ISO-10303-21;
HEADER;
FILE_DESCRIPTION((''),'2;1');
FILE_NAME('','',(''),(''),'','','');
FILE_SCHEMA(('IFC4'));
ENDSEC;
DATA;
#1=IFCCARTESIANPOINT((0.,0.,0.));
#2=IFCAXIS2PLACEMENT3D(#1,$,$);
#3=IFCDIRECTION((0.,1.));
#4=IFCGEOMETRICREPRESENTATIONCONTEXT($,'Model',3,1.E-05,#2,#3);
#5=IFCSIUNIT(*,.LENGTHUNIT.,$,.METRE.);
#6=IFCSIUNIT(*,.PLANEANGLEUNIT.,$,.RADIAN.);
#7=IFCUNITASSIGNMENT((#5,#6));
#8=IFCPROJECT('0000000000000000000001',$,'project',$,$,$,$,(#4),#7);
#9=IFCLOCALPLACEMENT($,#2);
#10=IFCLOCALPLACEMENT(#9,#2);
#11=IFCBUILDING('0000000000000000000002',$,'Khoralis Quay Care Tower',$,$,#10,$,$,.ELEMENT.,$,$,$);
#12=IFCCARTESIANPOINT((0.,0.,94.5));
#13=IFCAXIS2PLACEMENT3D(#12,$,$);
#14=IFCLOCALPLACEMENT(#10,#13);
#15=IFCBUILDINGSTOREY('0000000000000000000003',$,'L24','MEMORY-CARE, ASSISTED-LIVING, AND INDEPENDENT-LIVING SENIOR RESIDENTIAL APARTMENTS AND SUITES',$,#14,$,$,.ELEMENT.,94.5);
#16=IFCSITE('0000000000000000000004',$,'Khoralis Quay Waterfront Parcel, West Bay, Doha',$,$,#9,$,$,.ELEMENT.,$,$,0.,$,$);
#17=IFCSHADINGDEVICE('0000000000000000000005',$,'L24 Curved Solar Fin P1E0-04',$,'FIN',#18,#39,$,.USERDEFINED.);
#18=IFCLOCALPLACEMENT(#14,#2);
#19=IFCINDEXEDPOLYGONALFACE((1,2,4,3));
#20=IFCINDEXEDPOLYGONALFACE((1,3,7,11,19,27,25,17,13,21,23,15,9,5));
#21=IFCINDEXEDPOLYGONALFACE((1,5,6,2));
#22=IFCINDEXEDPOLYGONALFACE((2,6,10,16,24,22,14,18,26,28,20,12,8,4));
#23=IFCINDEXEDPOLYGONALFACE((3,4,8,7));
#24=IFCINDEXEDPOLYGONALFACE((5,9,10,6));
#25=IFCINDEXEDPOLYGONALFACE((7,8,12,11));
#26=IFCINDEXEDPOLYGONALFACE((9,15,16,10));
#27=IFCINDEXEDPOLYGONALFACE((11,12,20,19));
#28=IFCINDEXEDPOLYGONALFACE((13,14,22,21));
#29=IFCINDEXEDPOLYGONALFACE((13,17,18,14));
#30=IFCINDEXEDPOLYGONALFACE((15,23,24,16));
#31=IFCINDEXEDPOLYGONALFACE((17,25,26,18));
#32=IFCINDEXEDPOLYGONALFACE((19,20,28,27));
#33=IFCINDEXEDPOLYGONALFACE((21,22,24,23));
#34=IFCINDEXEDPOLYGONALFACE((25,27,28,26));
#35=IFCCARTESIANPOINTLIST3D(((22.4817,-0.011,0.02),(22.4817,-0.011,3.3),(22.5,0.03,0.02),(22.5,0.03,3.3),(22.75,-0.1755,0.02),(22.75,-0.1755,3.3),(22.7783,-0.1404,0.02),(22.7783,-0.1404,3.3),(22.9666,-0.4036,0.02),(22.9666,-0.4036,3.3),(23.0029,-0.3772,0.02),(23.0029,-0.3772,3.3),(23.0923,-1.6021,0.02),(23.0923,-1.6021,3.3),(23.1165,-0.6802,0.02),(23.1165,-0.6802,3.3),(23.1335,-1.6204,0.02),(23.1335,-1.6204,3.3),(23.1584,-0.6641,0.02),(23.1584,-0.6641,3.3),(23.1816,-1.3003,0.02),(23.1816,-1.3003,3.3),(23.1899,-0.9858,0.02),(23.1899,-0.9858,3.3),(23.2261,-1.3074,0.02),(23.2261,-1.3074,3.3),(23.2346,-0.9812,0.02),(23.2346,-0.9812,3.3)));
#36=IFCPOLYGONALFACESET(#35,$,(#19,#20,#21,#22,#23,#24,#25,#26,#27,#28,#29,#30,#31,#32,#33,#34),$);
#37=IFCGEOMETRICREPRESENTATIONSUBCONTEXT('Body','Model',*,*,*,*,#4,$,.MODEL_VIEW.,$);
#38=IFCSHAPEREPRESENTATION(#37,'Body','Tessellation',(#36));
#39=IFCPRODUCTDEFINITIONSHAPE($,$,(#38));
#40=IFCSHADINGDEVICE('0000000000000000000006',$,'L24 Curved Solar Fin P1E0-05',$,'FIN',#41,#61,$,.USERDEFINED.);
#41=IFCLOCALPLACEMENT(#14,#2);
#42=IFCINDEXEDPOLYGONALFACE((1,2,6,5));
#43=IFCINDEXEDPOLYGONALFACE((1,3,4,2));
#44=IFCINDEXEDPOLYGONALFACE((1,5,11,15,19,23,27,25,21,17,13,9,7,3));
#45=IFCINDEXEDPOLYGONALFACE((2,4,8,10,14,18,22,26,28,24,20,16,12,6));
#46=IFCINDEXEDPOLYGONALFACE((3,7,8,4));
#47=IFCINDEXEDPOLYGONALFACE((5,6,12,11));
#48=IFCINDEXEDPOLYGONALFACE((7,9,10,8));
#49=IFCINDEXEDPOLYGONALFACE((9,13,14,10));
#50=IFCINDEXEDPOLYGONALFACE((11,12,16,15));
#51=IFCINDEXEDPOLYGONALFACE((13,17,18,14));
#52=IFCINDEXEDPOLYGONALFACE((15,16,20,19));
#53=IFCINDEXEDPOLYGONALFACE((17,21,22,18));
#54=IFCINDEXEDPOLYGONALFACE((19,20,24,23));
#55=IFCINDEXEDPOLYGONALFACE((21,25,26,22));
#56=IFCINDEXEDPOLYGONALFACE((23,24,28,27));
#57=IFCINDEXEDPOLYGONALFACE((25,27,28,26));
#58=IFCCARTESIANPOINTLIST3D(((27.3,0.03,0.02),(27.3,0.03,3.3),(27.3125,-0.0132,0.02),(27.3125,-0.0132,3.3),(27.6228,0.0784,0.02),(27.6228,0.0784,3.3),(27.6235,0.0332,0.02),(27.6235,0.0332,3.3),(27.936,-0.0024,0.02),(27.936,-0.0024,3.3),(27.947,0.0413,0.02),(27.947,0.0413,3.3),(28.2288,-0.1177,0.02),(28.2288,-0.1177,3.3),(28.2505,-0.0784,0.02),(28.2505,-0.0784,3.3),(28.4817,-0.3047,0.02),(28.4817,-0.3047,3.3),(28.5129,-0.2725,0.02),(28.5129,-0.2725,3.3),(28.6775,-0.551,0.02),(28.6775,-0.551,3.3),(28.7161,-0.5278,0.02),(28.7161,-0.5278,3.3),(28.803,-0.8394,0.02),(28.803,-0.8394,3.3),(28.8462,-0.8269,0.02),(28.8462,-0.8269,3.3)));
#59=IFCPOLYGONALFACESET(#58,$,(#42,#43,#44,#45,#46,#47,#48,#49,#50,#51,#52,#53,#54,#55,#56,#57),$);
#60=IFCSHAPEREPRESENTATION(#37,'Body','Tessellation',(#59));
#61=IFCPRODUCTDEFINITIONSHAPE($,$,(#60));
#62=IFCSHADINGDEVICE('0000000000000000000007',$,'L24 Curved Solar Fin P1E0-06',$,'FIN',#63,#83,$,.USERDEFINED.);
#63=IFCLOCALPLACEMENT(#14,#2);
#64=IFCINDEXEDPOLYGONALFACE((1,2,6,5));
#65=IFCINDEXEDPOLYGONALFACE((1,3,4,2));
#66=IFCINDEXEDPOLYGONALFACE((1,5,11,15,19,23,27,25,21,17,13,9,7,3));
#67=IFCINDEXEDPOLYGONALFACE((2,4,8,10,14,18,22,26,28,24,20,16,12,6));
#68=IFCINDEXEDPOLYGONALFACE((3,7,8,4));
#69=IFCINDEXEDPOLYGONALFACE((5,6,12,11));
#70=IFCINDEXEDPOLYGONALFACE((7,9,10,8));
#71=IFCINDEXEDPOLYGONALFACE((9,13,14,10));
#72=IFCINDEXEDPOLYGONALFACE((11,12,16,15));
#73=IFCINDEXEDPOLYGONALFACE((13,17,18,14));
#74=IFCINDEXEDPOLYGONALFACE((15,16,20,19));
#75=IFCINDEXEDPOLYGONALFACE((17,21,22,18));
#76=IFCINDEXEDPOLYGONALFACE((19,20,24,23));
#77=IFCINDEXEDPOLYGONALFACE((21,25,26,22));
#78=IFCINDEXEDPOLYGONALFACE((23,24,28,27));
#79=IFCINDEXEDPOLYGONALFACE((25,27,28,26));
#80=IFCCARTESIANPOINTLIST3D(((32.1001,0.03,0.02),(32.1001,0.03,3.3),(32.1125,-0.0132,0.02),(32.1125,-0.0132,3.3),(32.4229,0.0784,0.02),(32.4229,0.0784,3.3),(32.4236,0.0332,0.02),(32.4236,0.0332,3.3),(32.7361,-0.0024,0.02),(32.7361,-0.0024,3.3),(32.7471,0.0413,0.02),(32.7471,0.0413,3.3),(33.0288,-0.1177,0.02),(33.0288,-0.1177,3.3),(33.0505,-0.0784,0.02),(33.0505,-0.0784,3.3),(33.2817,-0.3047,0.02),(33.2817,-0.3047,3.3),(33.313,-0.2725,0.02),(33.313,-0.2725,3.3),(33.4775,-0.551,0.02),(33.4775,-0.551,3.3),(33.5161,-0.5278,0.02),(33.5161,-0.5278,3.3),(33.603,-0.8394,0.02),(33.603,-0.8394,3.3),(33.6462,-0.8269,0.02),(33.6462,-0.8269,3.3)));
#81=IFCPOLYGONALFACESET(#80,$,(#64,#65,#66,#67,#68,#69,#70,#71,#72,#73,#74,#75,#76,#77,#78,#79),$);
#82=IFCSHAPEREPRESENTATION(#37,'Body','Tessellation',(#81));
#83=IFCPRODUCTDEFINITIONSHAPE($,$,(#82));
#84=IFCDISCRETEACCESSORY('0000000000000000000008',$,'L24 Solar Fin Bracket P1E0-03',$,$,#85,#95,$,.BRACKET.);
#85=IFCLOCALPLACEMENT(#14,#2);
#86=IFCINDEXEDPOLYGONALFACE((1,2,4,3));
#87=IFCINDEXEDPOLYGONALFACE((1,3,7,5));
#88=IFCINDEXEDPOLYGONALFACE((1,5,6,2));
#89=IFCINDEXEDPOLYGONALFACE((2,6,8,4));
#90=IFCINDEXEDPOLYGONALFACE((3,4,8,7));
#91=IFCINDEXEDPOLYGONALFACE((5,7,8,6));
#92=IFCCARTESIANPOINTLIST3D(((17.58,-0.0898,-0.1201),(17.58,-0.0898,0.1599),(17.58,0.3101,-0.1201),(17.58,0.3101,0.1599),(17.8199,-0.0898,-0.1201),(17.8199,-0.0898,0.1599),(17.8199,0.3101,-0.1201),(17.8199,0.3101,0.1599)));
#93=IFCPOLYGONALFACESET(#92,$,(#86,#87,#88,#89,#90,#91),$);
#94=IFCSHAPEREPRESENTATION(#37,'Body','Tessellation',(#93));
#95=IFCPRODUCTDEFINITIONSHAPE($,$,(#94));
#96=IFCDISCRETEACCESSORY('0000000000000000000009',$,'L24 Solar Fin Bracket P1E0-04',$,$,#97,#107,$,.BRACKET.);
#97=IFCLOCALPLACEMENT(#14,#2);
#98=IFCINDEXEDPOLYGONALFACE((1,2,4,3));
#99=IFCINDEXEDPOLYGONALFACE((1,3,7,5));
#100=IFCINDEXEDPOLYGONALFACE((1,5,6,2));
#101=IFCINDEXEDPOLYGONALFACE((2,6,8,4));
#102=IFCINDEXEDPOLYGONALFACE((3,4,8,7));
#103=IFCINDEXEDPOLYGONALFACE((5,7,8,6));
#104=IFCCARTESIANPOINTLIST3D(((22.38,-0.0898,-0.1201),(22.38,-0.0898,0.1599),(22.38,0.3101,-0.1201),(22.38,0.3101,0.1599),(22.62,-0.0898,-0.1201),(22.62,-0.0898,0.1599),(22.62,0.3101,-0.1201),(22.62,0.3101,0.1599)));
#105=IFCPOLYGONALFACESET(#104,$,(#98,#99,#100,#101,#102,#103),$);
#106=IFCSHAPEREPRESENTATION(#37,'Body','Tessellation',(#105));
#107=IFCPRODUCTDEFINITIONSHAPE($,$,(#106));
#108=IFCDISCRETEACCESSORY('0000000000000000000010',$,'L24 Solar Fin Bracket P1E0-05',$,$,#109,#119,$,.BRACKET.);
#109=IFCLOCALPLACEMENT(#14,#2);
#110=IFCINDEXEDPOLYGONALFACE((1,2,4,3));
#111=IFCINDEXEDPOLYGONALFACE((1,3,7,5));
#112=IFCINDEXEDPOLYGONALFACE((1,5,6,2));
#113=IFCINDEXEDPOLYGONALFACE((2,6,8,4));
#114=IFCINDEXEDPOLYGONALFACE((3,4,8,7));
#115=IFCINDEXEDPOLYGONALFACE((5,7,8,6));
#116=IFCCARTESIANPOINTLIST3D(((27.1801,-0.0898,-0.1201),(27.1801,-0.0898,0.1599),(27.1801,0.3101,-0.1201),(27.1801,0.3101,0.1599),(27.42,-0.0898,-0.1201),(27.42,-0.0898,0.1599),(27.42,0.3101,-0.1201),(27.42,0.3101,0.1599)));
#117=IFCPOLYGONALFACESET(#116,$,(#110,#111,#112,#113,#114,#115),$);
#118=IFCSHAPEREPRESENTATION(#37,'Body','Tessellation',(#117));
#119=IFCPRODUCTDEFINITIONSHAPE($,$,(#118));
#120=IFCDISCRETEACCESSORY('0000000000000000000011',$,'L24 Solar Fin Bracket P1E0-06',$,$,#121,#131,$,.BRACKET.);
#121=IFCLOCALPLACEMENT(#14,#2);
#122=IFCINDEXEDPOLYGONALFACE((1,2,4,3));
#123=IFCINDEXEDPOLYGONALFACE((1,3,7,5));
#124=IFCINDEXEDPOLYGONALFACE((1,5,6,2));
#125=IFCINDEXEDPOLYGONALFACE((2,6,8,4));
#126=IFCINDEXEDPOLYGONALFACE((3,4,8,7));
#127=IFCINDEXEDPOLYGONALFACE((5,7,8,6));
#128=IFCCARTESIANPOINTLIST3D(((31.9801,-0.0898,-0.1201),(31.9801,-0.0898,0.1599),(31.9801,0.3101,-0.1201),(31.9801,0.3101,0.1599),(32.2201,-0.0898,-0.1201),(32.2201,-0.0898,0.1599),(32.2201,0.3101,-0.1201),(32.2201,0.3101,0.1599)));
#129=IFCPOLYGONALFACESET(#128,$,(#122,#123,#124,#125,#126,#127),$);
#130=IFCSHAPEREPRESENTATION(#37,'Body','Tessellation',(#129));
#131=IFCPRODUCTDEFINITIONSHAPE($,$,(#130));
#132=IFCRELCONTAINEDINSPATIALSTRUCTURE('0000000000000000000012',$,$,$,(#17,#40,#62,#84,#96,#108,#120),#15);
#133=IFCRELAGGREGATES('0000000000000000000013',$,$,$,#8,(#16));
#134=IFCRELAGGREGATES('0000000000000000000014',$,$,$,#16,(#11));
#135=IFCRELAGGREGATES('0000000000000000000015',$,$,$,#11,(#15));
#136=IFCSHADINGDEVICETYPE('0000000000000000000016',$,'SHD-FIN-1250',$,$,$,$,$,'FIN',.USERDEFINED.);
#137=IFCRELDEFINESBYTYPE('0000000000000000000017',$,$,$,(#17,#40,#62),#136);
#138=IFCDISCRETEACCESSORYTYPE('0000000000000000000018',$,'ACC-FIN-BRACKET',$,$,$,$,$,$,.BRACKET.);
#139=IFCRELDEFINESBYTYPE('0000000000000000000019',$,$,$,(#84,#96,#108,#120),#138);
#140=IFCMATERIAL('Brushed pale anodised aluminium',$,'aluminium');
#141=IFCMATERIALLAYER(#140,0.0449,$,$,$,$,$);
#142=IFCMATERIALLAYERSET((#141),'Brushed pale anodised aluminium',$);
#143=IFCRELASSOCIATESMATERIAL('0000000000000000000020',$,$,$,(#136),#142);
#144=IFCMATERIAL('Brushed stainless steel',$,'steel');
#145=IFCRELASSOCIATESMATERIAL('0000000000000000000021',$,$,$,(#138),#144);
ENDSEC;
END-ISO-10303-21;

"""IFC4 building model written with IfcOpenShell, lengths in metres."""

from ifc_helpers import new_model, si_unit, direction, frame, origin, origin_2d, place, context, subcontext, project, spatial, polyline, rectangle, outline, extrude, source, transform, mapped, material, layer, layer_set, type_object, element, save


model = new_model("IFC4")

# Units and contexts
model_context = context("Model", 3, precision=1e-05, world=origin(), true_north=direction((0.0, 1.0)))
body_context = subcontext(model_context, "Body", "Model", "MODEL_VIEW")
ifc_project = project(units=[si_unit("LENGTHUNIT", "METRE"), si_unit("PLANEANGLEUNIT", "RADIAN")], contexts=[model_context])

# Site, building, storey
site_placement = place(None, origin())
site = spatial("IfcSite", under=ifc_project, at=site_placement, Name="Khoralis Quay Waterfront Parcel, West Bay, Doha", CompositionType="ELEMENT", RefElevation=0.0)
building_placement = place(site_placement, origin())
building = spatial("IfcBuilding", under=site, at=building_placement, Name="Khoralis Quay Care Tower", CompositionType="ELEMENT")
storey_placement = place(building_placement, frame((0.0, 0.0, 94.5)))
storey = spatial("IfcBuildingStorey", under=building, at=storey_placement, Name="L24", Description="MEMORY-CARE, ASSISTED-LIVING, AND INDEPENDENT-LIVING SENIOR RESIDENTIAL APARTMENTS AND SUITES", CompositionType="ELEMENT", Elevation=94.5)

# Shading devices
ifc_material_1 = material(Name="Brushed pale anodised aluminium", Category="aluminium")
ifc_layer_1 = layer(ifc_material_1, 0.0449)
ifc_layer_set_1 = layer_set([ifc_layer_1], Name="Brushed pale anodised aluminium")
shading_device_type = type_object("IfcShadingDeviceType", Name="SHD-FIN-1250", ElementType="FIN", PredefinedType="USERDEFINED", material=ifc_layer_set_1)
shared_shape_1 = source(origin(), body_context, "Body", "SweptSolid", [
    extrude(outline(polyline([(0.0, 0.0), (0.1704, 0.2783), (0.4072, 0.5029), (0.6941, 0.6584), (1.0112, 0.7346), (1.3374, 0.7261), (1.6504, 0.6335), (1.6321, 0.5923), (1.3303, 0.6816), (1.0159, 0.6899), (0.7102, 0.6165), (0.4336, 0.4666), (0.2056, 0.25), (0.041, -0.0183), (0.0, 0.0)])), origin(), (0.0, 0.0, 1.0), 3.28),
])
for number, where, z_axis, x_axis, name in (
    (1, (22.5, 0.03, 0.02), (0.0, 0.0, 1.0), (0.0, -1.0, 0.0), "L24 Curved Solar Fin P1E0-04"),
):
    element("IfcShadingDevice", number, at=place(storey_placement, frame(where, z_axis=z_axis, x_axis=x_axis)), inside=storey, type_object=shading_device_type, Name=name, ObjectType="FIN", PredefinedType="USERDEFINED", context=body_context, shape_type="MappedRepresentation", body=[
        mapped(shared_shape_1, transform((0.0, 0.0, 0.0), scale=1.0)),
    ])
shared_shape_2 = source(origin(), body_context, "Body", "SweptSolid", [
    extrude(outline(polyline([(0.0, 0.0), (-0.0483, 0.3228), (-0.0112, 0.647), (0.1084, 0.9504), (0.3025, 1.2129), (0.5579, 1.416), (0.8569, 1.5461), (0.8694, 1.5029), (0.5811, 1.3774), (0.3347, 1.1816), (0.1477, 0.9287), (0.0325, 0.636), (-0.0032, 0.3235), (0.0432, 0.0125), (0.0, 0.0)])), origin(), (0.0, 0.0, 1.0), 3.28),
])
for number, where, z_axis, x_axis, name in (
    (2, (27.3, 0.03, 0.02), (0.0, 0.0, 1.0), (0.0, -1.0, 0.0), "L24 Curved Solar Fin P1E0-05"),
    (3, (32.1001, 0.03, 0.02), (0.0, 0.0, 1.0), (0.0, -1.0, 0.0), "L24 Curved Solar Fin P1E0-06"),
):
    element("IfcShadingDevice", number, at=place(storey_placement, frame(where, z_axis=z_axis, x_axis=x_axis)), inside=storey, type_object=shading_device_type, Name=name, ObjectType="FIN", PredefinedType="USERDEFINED", context=body_context, shape_type="MappedRepresentation", body=[
        mapped(shared_shape_2, transform((0.0, 0.0, 0.0), scale=1.0)),
    ])

# Discrete accessories
ifc_material_2 = material(Name="Brushed stainless steel", Category="steel")
discrete_accessory_type = type_object("IfcDiscreteAccessoryType", Name="ACC-FIN-BRACKET", PredefinedType="BRACKET", material=ifc_material_2)
shared_shape_3 = source(origin(), body_context, "Body", "SweptSolid", [
    extrude(rectangle(XDim=0.3999, YDim=0.24, at=origin_2d()), origin(), (0.0, 0.0, 1.0), 0.28),
])
for number, where, z_axis, x_axis, name in (
    (4, (17.7, 0.1101, -0.1201), (0.0, 0.0, 1.0), (0.0, -1.0, 0.0), "L24 Solar Fin Bracket P1E0-03"),
    (5, (22.5, 0.1101, -0.1201), (0.0, 0.0, 1.0), (0.0, -1.0, 0.0), "L24 Solar Fin Bracket P1E0-04"),
    (6, (27.3, 0.1101, -0.1201), (0.0, 0.0, 1.0), (0.0, -1.0, 0.0), "L24 Solar Fin Bracket P1E0-05"),
    (7, (32.1001, 0.1101, -0.1201), (0.0, 0.0, 1.0), (0.0, -1.0, 0.0), "L24 Solar Fin Bracket P1E0-06"),
):
    element("IfcDiscreteAccessory", number, at=place(storey_placement, frame(where, z_axis=z_axis, x_axis=x_axis)), inside=storey, type_object=discrete_accessory_type, Name=name, PredefinedType="BRACKET", context=body_context, shape_type="MappedRepresentation", body=[
        mapped(shared_shape_3, transform((0.0, 0.0, 0.0), scale=1.0)),
    ])

save(model, "model.ifc")
